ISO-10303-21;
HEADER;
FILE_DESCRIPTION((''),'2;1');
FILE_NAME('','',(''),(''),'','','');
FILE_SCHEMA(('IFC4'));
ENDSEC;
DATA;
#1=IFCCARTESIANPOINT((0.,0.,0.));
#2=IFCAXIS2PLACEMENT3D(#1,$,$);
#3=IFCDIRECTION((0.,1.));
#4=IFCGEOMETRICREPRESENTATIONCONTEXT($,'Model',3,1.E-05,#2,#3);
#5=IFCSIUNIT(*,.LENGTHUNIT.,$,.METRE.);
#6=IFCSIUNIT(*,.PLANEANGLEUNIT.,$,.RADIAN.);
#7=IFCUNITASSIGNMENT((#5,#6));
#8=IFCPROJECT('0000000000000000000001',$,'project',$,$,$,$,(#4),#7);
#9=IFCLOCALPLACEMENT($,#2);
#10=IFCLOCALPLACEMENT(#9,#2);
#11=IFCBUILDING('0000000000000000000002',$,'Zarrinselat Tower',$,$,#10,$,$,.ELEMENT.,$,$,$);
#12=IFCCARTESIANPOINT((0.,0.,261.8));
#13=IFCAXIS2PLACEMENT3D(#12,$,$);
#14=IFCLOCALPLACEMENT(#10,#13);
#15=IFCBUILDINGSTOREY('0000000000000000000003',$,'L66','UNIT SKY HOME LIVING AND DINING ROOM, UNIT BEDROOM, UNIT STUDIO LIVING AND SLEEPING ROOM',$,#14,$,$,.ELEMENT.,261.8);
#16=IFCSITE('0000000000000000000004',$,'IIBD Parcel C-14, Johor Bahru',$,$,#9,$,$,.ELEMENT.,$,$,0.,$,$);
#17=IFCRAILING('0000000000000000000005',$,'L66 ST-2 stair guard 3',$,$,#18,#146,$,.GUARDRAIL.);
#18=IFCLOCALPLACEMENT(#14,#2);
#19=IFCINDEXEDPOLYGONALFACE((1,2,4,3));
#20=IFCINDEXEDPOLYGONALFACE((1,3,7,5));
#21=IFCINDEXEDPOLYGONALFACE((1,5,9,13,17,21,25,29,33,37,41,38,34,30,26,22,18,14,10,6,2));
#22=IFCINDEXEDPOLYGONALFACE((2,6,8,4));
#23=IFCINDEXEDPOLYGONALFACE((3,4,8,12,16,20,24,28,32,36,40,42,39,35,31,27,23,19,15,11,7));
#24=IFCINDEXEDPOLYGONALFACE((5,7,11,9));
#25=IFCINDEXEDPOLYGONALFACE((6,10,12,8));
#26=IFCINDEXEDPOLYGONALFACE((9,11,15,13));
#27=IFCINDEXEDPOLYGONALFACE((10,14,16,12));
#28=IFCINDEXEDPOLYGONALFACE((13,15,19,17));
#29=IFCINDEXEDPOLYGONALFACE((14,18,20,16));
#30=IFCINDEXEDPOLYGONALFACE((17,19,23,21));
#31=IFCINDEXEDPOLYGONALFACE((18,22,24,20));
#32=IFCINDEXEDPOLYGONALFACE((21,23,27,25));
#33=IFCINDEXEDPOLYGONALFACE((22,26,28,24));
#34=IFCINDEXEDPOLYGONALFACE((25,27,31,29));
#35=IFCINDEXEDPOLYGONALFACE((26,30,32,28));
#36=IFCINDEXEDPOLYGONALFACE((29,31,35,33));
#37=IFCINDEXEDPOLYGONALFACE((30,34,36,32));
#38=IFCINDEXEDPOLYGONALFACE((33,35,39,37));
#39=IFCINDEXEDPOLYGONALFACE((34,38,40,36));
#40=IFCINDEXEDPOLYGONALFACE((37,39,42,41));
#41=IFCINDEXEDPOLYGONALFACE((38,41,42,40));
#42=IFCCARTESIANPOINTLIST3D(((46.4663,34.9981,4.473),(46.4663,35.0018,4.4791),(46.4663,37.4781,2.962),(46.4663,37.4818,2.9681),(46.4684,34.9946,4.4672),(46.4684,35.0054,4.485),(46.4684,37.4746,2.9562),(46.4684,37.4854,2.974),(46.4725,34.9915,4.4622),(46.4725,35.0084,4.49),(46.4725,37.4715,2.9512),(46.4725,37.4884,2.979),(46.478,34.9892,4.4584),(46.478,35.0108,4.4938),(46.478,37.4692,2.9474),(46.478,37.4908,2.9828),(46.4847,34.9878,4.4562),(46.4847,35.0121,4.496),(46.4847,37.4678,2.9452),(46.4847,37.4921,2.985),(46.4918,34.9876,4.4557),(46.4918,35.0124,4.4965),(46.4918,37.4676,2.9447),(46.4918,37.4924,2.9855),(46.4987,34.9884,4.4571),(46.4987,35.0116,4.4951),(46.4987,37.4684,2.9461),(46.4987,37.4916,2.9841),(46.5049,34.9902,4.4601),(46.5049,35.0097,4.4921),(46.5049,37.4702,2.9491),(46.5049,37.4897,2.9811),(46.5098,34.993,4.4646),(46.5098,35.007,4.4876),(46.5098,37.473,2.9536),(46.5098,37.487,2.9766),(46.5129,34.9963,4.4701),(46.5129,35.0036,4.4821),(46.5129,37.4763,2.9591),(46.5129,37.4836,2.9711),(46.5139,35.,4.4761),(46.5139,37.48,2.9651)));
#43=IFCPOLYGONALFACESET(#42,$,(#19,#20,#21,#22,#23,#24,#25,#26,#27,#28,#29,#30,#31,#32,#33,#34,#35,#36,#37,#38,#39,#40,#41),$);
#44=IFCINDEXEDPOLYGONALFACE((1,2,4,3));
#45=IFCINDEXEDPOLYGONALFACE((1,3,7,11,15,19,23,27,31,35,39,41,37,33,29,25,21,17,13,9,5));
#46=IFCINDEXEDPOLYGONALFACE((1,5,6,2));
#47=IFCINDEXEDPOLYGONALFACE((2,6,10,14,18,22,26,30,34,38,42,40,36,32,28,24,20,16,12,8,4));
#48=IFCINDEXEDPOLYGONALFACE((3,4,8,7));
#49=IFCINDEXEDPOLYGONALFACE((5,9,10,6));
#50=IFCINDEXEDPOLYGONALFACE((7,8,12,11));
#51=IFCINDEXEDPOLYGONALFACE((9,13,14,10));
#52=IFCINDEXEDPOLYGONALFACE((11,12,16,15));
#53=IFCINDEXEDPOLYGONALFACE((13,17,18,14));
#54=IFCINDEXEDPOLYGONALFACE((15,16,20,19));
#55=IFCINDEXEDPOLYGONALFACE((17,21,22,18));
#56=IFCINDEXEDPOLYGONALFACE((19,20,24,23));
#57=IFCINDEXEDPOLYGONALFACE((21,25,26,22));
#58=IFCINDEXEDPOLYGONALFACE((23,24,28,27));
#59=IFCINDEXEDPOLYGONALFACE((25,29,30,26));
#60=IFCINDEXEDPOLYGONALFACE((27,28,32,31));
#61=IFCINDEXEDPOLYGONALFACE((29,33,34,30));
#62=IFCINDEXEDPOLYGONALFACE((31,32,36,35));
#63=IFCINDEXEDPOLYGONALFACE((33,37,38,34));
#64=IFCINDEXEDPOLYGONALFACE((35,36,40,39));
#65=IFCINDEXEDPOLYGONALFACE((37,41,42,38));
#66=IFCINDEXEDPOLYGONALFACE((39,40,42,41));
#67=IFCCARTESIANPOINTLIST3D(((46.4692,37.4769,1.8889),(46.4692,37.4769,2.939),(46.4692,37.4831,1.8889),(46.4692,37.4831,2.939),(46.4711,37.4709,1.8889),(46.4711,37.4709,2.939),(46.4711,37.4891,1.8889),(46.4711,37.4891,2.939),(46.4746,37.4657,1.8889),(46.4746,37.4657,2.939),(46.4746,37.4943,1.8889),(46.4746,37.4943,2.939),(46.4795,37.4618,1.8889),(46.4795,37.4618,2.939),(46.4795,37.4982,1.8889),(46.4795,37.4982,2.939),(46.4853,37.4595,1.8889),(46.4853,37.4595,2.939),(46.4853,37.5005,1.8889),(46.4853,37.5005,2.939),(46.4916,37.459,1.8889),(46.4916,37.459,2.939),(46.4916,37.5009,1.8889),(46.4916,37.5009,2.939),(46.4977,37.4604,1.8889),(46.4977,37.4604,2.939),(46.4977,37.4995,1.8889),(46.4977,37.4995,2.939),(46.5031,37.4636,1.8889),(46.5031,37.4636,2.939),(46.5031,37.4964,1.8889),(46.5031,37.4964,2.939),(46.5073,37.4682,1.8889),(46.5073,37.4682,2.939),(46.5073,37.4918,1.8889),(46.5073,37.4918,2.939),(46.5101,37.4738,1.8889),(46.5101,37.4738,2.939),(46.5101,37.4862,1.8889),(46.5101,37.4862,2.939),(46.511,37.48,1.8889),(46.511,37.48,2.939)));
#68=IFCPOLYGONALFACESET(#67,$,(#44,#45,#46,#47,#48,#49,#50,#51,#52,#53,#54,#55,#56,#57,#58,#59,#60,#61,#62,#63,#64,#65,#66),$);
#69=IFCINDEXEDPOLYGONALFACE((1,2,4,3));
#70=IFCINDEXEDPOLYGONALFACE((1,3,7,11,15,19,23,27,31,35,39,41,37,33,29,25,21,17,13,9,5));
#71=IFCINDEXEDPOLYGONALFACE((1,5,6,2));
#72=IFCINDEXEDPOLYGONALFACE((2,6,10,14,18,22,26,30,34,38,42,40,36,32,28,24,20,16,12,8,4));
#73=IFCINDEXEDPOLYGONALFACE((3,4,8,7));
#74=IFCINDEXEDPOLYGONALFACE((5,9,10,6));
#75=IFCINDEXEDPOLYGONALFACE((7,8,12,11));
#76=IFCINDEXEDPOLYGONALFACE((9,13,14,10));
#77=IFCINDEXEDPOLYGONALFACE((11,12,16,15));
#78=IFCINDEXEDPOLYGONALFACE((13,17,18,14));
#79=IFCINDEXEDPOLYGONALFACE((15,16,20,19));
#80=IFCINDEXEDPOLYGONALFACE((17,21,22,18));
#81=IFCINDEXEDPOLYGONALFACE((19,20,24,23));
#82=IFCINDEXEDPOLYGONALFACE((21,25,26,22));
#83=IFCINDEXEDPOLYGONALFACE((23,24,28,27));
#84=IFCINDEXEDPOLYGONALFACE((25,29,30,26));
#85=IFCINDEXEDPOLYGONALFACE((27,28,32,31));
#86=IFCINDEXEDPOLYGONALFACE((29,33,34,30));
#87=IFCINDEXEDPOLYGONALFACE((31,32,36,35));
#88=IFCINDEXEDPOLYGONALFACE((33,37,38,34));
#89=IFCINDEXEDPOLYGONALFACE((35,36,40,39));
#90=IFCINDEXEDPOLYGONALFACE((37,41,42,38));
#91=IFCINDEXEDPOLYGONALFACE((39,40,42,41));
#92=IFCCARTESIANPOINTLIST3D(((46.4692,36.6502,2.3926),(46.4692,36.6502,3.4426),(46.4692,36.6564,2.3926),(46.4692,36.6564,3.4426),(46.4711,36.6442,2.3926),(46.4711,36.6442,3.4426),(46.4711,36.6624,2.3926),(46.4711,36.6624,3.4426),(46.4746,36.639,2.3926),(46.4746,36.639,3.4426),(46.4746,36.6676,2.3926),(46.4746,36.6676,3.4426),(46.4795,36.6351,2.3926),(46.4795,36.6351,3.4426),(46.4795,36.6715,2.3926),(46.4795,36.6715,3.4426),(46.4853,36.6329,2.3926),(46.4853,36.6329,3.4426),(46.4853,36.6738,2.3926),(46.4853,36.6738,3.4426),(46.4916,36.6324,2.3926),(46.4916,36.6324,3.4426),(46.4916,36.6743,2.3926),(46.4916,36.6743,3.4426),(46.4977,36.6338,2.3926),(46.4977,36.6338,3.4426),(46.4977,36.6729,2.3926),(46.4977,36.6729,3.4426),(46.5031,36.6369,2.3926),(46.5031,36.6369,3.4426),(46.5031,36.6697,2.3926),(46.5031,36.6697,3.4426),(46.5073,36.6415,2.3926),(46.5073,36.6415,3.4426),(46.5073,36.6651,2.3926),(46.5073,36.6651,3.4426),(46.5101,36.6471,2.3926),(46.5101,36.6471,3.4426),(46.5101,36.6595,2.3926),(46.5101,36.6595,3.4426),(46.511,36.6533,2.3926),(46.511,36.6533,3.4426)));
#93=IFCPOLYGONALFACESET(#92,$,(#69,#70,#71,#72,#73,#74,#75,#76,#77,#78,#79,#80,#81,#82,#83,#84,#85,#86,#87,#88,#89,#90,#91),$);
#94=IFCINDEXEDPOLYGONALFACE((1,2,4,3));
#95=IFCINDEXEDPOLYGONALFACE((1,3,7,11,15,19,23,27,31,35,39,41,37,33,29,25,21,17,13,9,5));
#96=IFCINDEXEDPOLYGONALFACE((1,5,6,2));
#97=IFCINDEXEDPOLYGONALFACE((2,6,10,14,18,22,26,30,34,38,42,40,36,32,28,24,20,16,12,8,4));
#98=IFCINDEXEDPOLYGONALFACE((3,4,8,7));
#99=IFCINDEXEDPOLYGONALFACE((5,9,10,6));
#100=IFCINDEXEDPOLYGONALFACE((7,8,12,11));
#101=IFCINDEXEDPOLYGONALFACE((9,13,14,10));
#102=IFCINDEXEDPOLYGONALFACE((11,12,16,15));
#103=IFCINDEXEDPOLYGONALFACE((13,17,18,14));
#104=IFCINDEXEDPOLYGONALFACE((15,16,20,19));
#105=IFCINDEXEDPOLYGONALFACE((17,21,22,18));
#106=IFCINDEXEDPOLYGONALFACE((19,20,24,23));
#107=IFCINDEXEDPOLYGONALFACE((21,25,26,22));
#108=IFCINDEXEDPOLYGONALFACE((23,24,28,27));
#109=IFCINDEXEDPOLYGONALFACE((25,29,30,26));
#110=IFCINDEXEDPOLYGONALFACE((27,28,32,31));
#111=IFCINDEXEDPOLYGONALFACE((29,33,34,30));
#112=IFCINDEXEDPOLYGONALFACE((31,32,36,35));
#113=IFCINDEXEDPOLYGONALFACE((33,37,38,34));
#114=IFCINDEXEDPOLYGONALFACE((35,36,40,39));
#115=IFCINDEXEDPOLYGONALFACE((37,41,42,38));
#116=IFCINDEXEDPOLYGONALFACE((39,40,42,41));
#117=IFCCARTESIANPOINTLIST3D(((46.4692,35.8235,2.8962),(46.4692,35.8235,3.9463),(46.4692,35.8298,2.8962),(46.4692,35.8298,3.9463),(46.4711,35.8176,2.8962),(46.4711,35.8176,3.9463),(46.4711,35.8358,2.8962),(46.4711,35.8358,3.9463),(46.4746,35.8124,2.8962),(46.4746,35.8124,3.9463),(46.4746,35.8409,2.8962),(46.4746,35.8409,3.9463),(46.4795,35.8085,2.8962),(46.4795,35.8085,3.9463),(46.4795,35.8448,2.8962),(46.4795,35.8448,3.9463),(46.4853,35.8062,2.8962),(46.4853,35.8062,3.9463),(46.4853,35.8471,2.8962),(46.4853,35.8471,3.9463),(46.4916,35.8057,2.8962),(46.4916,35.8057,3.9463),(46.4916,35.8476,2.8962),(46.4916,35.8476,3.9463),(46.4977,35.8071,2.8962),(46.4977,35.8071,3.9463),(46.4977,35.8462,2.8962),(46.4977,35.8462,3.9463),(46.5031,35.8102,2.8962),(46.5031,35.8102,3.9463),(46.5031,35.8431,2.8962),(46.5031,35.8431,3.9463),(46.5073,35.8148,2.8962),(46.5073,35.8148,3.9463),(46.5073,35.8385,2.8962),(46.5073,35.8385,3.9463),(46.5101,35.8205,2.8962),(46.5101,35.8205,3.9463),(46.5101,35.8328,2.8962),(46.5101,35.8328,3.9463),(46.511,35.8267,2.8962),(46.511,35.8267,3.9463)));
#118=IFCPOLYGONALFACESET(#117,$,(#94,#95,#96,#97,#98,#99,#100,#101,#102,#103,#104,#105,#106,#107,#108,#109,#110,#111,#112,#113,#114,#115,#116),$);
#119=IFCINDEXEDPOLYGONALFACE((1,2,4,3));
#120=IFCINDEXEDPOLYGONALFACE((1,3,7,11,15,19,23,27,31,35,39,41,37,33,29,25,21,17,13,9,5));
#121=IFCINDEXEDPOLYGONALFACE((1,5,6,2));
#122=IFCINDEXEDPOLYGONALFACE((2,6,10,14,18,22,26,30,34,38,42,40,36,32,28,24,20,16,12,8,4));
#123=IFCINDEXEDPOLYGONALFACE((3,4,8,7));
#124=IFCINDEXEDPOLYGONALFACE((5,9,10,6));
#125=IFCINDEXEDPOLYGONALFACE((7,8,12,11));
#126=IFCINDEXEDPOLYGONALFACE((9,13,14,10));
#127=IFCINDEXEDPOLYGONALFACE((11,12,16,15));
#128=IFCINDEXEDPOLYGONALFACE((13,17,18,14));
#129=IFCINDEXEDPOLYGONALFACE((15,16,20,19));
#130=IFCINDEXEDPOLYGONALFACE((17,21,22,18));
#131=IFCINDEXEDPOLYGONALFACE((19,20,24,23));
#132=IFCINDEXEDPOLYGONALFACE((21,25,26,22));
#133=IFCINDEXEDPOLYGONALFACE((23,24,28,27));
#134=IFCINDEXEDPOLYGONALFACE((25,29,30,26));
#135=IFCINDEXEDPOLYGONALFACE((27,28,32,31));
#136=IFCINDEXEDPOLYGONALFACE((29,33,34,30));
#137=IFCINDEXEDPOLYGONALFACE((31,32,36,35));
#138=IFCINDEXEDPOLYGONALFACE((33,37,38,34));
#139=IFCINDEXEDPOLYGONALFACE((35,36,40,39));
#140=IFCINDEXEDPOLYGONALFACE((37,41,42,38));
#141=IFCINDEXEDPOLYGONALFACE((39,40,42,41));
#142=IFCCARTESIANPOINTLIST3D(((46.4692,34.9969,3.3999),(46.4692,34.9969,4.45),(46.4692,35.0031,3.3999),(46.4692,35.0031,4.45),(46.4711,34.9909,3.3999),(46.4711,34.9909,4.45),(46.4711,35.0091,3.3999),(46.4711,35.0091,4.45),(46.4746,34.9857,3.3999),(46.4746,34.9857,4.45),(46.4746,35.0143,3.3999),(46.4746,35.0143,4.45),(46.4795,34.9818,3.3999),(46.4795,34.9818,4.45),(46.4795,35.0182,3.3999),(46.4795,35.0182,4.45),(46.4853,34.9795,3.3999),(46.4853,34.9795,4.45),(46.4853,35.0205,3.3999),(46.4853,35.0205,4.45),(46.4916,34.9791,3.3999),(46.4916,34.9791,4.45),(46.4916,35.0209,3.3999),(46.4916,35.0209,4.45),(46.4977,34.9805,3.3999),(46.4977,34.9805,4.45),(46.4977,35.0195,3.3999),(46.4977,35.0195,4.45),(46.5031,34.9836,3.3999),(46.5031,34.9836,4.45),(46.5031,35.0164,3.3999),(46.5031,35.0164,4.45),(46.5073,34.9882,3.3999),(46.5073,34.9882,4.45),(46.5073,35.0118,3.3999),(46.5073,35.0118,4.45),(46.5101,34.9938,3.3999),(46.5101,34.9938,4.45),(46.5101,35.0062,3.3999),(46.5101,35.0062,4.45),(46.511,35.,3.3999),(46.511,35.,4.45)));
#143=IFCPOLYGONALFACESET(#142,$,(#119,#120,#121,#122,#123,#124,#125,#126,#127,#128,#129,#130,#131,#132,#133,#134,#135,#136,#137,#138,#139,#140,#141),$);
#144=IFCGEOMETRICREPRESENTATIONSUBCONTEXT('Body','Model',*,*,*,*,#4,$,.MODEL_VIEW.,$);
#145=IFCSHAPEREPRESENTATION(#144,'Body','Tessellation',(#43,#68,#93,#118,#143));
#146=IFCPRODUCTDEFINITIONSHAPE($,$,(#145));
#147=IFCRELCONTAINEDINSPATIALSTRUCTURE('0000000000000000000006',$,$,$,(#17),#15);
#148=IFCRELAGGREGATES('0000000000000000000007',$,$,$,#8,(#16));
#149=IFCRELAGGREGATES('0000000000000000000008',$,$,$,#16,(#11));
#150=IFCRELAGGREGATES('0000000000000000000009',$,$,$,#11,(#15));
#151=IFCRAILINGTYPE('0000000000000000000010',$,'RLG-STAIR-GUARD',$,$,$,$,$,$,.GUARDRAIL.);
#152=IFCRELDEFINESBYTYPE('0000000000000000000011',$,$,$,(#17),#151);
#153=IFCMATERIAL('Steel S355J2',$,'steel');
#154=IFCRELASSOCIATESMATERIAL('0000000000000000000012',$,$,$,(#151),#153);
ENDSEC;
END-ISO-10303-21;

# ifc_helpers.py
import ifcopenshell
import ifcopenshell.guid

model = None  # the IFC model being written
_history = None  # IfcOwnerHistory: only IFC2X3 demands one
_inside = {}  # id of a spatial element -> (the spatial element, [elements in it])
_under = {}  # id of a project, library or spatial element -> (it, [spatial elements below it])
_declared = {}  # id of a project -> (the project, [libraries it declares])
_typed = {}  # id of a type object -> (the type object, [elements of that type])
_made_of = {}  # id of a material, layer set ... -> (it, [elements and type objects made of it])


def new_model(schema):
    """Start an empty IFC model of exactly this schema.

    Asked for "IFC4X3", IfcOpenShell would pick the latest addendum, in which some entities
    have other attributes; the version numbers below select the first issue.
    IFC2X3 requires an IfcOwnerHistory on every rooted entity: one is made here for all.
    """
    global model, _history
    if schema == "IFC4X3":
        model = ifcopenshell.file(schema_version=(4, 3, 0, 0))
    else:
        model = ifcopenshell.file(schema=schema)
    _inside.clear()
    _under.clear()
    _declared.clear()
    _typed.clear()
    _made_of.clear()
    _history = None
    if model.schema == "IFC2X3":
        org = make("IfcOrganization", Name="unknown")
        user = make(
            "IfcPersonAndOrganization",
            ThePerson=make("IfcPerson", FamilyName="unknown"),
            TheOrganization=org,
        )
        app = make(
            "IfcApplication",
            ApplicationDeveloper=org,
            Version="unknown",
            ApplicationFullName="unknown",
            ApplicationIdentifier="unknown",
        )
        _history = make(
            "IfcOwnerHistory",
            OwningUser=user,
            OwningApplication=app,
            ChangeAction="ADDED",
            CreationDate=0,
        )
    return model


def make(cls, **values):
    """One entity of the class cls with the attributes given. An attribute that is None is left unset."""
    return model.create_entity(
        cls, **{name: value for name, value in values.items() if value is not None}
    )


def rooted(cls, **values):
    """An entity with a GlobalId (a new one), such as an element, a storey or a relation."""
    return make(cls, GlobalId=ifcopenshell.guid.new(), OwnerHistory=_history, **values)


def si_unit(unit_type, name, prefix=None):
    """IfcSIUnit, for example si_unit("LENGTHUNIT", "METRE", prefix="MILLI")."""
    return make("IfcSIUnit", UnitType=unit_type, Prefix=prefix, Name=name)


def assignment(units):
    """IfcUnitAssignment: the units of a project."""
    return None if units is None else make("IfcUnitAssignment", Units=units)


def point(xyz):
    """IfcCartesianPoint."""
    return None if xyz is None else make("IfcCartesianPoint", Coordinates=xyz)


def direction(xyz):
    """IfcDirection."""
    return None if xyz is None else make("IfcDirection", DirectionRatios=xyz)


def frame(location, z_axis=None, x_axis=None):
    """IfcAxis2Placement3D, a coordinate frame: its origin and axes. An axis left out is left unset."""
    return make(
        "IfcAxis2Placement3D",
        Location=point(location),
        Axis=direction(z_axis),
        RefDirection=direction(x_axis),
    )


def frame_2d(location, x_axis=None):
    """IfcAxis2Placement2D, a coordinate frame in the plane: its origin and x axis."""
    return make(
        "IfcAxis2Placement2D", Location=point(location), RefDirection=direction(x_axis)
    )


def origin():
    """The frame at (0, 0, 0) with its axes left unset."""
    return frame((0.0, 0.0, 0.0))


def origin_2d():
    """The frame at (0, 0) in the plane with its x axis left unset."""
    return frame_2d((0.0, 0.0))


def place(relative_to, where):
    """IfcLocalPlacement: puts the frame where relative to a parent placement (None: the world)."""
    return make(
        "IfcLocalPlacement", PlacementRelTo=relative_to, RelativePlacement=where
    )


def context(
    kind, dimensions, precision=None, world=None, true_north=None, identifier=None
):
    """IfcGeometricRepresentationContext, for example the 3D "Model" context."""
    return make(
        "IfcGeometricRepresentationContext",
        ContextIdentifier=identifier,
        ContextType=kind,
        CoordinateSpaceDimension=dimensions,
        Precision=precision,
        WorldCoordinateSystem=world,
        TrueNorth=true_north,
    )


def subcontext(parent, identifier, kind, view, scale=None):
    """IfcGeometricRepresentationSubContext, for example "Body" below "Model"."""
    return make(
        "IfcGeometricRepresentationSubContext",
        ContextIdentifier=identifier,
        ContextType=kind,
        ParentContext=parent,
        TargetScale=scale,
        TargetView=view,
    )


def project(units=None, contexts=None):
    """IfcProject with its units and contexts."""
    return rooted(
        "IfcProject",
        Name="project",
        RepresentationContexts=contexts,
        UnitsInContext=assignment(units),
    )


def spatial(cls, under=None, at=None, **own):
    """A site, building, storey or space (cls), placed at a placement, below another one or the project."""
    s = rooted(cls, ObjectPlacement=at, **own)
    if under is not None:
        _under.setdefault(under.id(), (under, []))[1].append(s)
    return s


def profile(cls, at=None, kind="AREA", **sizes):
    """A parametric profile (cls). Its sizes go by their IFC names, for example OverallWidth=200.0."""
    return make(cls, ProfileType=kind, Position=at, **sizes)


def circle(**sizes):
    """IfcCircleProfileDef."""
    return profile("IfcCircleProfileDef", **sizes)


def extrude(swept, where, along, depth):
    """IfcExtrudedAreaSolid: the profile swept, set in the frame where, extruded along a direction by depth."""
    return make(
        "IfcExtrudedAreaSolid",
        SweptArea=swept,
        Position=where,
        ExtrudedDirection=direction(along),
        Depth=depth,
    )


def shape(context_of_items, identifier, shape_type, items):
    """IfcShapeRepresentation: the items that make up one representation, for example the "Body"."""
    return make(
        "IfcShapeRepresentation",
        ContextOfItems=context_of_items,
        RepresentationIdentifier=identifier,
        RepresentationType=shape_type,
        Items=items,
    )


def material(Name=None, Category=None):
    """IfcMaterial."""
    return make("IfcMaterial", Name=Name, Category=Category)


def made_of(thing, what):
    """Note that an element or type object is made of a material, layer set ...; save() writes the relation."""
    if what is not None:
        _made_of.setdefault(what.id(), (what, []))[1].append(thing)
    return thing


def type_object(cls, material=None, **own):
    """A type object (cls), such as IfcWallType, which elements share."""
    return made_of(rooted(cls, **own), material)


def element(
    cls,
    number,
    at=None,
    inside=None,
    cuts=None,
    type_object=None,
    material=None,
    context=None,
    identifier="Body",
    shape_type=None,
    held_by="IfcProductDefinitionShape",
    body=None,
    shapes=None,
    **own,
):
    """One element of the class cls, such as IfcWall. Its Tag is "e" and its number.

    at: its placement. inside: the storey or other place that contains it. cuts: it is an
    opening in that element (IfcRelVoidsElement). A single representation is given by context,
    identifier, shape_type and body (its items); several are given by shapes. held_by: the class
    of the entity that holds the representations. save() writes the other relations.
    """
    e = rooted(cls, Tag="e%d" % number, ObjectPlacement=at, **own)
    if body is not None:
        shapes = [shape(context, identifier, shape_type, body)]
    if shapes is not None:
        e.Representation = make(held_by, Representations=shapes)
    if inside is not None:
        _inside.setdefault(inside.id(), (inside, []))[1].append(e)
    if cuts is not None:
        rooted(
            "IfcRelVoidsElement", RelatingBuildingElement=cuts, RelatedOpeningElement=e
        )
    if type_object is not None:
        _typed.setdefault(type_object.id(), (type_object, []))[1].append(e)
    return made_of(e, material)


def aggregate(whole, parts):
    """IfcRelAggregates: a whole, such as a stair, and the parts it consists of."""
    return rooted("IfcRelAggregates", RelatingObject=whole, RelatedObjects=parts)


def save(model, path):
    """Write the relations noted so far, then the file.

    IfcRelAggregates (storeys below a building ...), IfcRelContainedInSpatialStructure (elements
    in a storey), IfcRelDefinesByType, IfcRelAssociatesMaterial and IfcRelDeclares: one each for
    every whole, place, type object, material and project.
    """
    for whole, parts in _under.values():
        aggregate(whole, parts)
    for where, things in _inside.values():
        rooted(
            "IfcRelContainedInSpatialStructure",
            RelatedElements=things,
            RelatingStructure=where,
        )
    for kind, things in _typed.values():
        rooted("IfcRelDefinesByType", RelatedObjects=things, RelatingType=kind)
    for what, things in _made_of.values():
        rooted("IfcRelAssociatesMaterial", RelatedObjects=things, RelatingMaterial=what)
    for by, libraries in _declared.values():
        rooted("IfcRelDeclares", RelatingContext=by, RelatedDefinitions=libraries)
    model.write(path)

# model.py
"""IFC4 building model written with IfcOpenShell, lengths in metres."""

from ifc_helpers import new_model, si_unit, direction, frame, origin, origin_2d, place, context, subcontext, project, spatial, circle, extrude, material, type_object, element, save


model = new_model("IFC4")

# Units and contexts
model_context = context("Model", 3, precision=1e-05, world=origin(), true_north=direction((0.0, 1.0)))
body_context = subcontext(model_context, "Body", "Model", "MODEL_VIEW")
ifc_project = project(units=[si_unit("LENGTHUNIT", "METRE"), si_unit("PLANEANGLEUNIT", "RADIAN")], contexts=[model_context])

# Site, building, storey
site_placement = place(None, origin())
site = spatial("IfcSite", under=ifc_project, at=site_placement, Name="IIBD Parcel C-14, Johor Bahru", CompositionType="ELEMENT", RefElevation=0.0)
building_placement = place(site_placement, origin())
building = spatial("IfcBuilding", under=site, at=building_placement, Name="Zarrinselat Tower", CompositionType="ELEMENT")
storey_placement = place(building_placement, frame((0.0, 0.0, 261.8)))
storey = spatial("IfcBuildingStorey", under=building, at=storey_placement, Name="L66", Description="UNIT SKY HOME LIVING AND DINING ROOM, UNIT BEDROOM, UNIT STUDIO LIVING AND SLEEPING ROOM", CompositionType="ELEMENT", Elevation=261.8)

# Railing
ifc_material_1 = material(Name="Steel S355J2", Category="steel")
railing_type_1 = type_object("IfcRailingType", Name="RLG-STAIR-GUARD", PredefinedType="GUARDRAIL", material=ifc_material_1)
railing_1_placement = place(storey_placement, frame((46.49, 37.48, 1.8889)))
element("IfcRailing", 1, at=railing_1_placement, inside=storey, type_object=railing_type_1, Name="L66 ST-2 stair guard 3", PredefinedType="GUARDRAIL", context=body_context, shape_type="SweptSolid", body=[
    extrude(circle(Radius=0.0239, at=origin_2d()), frame((0.0, 0.0, 1.0762), z_axis=(0.0, -0.853979, 0.520307), x_axis=(1.0, 0.0, 0.0)), (0.0, 0.0, 1.0), 2.9041),
    extrude(circle(Radius=0.021, at=origin_2d()), origin(), (0.0, 0.0, 1.0), 1.05),
    extrude(circle(Radius=0.021, at=origin_2d()), frame((0.0, -0.8267, 0.5037)), (0.0, 0.0, 1.0), 1.05),
    extrude(circle(Radius=0.021, at=origin_2d()), frame((0.0, -1.6533, 1.0073)), (0.0, 0.0, 1.0), 1.05),
    extrude(circle(Radius=0.021, at=origin_2d()), frame((0.0, -2.48, 1.511)), (0.0, 0.0, 1.0), 1.05),
])

save(model, "model.ifc")
